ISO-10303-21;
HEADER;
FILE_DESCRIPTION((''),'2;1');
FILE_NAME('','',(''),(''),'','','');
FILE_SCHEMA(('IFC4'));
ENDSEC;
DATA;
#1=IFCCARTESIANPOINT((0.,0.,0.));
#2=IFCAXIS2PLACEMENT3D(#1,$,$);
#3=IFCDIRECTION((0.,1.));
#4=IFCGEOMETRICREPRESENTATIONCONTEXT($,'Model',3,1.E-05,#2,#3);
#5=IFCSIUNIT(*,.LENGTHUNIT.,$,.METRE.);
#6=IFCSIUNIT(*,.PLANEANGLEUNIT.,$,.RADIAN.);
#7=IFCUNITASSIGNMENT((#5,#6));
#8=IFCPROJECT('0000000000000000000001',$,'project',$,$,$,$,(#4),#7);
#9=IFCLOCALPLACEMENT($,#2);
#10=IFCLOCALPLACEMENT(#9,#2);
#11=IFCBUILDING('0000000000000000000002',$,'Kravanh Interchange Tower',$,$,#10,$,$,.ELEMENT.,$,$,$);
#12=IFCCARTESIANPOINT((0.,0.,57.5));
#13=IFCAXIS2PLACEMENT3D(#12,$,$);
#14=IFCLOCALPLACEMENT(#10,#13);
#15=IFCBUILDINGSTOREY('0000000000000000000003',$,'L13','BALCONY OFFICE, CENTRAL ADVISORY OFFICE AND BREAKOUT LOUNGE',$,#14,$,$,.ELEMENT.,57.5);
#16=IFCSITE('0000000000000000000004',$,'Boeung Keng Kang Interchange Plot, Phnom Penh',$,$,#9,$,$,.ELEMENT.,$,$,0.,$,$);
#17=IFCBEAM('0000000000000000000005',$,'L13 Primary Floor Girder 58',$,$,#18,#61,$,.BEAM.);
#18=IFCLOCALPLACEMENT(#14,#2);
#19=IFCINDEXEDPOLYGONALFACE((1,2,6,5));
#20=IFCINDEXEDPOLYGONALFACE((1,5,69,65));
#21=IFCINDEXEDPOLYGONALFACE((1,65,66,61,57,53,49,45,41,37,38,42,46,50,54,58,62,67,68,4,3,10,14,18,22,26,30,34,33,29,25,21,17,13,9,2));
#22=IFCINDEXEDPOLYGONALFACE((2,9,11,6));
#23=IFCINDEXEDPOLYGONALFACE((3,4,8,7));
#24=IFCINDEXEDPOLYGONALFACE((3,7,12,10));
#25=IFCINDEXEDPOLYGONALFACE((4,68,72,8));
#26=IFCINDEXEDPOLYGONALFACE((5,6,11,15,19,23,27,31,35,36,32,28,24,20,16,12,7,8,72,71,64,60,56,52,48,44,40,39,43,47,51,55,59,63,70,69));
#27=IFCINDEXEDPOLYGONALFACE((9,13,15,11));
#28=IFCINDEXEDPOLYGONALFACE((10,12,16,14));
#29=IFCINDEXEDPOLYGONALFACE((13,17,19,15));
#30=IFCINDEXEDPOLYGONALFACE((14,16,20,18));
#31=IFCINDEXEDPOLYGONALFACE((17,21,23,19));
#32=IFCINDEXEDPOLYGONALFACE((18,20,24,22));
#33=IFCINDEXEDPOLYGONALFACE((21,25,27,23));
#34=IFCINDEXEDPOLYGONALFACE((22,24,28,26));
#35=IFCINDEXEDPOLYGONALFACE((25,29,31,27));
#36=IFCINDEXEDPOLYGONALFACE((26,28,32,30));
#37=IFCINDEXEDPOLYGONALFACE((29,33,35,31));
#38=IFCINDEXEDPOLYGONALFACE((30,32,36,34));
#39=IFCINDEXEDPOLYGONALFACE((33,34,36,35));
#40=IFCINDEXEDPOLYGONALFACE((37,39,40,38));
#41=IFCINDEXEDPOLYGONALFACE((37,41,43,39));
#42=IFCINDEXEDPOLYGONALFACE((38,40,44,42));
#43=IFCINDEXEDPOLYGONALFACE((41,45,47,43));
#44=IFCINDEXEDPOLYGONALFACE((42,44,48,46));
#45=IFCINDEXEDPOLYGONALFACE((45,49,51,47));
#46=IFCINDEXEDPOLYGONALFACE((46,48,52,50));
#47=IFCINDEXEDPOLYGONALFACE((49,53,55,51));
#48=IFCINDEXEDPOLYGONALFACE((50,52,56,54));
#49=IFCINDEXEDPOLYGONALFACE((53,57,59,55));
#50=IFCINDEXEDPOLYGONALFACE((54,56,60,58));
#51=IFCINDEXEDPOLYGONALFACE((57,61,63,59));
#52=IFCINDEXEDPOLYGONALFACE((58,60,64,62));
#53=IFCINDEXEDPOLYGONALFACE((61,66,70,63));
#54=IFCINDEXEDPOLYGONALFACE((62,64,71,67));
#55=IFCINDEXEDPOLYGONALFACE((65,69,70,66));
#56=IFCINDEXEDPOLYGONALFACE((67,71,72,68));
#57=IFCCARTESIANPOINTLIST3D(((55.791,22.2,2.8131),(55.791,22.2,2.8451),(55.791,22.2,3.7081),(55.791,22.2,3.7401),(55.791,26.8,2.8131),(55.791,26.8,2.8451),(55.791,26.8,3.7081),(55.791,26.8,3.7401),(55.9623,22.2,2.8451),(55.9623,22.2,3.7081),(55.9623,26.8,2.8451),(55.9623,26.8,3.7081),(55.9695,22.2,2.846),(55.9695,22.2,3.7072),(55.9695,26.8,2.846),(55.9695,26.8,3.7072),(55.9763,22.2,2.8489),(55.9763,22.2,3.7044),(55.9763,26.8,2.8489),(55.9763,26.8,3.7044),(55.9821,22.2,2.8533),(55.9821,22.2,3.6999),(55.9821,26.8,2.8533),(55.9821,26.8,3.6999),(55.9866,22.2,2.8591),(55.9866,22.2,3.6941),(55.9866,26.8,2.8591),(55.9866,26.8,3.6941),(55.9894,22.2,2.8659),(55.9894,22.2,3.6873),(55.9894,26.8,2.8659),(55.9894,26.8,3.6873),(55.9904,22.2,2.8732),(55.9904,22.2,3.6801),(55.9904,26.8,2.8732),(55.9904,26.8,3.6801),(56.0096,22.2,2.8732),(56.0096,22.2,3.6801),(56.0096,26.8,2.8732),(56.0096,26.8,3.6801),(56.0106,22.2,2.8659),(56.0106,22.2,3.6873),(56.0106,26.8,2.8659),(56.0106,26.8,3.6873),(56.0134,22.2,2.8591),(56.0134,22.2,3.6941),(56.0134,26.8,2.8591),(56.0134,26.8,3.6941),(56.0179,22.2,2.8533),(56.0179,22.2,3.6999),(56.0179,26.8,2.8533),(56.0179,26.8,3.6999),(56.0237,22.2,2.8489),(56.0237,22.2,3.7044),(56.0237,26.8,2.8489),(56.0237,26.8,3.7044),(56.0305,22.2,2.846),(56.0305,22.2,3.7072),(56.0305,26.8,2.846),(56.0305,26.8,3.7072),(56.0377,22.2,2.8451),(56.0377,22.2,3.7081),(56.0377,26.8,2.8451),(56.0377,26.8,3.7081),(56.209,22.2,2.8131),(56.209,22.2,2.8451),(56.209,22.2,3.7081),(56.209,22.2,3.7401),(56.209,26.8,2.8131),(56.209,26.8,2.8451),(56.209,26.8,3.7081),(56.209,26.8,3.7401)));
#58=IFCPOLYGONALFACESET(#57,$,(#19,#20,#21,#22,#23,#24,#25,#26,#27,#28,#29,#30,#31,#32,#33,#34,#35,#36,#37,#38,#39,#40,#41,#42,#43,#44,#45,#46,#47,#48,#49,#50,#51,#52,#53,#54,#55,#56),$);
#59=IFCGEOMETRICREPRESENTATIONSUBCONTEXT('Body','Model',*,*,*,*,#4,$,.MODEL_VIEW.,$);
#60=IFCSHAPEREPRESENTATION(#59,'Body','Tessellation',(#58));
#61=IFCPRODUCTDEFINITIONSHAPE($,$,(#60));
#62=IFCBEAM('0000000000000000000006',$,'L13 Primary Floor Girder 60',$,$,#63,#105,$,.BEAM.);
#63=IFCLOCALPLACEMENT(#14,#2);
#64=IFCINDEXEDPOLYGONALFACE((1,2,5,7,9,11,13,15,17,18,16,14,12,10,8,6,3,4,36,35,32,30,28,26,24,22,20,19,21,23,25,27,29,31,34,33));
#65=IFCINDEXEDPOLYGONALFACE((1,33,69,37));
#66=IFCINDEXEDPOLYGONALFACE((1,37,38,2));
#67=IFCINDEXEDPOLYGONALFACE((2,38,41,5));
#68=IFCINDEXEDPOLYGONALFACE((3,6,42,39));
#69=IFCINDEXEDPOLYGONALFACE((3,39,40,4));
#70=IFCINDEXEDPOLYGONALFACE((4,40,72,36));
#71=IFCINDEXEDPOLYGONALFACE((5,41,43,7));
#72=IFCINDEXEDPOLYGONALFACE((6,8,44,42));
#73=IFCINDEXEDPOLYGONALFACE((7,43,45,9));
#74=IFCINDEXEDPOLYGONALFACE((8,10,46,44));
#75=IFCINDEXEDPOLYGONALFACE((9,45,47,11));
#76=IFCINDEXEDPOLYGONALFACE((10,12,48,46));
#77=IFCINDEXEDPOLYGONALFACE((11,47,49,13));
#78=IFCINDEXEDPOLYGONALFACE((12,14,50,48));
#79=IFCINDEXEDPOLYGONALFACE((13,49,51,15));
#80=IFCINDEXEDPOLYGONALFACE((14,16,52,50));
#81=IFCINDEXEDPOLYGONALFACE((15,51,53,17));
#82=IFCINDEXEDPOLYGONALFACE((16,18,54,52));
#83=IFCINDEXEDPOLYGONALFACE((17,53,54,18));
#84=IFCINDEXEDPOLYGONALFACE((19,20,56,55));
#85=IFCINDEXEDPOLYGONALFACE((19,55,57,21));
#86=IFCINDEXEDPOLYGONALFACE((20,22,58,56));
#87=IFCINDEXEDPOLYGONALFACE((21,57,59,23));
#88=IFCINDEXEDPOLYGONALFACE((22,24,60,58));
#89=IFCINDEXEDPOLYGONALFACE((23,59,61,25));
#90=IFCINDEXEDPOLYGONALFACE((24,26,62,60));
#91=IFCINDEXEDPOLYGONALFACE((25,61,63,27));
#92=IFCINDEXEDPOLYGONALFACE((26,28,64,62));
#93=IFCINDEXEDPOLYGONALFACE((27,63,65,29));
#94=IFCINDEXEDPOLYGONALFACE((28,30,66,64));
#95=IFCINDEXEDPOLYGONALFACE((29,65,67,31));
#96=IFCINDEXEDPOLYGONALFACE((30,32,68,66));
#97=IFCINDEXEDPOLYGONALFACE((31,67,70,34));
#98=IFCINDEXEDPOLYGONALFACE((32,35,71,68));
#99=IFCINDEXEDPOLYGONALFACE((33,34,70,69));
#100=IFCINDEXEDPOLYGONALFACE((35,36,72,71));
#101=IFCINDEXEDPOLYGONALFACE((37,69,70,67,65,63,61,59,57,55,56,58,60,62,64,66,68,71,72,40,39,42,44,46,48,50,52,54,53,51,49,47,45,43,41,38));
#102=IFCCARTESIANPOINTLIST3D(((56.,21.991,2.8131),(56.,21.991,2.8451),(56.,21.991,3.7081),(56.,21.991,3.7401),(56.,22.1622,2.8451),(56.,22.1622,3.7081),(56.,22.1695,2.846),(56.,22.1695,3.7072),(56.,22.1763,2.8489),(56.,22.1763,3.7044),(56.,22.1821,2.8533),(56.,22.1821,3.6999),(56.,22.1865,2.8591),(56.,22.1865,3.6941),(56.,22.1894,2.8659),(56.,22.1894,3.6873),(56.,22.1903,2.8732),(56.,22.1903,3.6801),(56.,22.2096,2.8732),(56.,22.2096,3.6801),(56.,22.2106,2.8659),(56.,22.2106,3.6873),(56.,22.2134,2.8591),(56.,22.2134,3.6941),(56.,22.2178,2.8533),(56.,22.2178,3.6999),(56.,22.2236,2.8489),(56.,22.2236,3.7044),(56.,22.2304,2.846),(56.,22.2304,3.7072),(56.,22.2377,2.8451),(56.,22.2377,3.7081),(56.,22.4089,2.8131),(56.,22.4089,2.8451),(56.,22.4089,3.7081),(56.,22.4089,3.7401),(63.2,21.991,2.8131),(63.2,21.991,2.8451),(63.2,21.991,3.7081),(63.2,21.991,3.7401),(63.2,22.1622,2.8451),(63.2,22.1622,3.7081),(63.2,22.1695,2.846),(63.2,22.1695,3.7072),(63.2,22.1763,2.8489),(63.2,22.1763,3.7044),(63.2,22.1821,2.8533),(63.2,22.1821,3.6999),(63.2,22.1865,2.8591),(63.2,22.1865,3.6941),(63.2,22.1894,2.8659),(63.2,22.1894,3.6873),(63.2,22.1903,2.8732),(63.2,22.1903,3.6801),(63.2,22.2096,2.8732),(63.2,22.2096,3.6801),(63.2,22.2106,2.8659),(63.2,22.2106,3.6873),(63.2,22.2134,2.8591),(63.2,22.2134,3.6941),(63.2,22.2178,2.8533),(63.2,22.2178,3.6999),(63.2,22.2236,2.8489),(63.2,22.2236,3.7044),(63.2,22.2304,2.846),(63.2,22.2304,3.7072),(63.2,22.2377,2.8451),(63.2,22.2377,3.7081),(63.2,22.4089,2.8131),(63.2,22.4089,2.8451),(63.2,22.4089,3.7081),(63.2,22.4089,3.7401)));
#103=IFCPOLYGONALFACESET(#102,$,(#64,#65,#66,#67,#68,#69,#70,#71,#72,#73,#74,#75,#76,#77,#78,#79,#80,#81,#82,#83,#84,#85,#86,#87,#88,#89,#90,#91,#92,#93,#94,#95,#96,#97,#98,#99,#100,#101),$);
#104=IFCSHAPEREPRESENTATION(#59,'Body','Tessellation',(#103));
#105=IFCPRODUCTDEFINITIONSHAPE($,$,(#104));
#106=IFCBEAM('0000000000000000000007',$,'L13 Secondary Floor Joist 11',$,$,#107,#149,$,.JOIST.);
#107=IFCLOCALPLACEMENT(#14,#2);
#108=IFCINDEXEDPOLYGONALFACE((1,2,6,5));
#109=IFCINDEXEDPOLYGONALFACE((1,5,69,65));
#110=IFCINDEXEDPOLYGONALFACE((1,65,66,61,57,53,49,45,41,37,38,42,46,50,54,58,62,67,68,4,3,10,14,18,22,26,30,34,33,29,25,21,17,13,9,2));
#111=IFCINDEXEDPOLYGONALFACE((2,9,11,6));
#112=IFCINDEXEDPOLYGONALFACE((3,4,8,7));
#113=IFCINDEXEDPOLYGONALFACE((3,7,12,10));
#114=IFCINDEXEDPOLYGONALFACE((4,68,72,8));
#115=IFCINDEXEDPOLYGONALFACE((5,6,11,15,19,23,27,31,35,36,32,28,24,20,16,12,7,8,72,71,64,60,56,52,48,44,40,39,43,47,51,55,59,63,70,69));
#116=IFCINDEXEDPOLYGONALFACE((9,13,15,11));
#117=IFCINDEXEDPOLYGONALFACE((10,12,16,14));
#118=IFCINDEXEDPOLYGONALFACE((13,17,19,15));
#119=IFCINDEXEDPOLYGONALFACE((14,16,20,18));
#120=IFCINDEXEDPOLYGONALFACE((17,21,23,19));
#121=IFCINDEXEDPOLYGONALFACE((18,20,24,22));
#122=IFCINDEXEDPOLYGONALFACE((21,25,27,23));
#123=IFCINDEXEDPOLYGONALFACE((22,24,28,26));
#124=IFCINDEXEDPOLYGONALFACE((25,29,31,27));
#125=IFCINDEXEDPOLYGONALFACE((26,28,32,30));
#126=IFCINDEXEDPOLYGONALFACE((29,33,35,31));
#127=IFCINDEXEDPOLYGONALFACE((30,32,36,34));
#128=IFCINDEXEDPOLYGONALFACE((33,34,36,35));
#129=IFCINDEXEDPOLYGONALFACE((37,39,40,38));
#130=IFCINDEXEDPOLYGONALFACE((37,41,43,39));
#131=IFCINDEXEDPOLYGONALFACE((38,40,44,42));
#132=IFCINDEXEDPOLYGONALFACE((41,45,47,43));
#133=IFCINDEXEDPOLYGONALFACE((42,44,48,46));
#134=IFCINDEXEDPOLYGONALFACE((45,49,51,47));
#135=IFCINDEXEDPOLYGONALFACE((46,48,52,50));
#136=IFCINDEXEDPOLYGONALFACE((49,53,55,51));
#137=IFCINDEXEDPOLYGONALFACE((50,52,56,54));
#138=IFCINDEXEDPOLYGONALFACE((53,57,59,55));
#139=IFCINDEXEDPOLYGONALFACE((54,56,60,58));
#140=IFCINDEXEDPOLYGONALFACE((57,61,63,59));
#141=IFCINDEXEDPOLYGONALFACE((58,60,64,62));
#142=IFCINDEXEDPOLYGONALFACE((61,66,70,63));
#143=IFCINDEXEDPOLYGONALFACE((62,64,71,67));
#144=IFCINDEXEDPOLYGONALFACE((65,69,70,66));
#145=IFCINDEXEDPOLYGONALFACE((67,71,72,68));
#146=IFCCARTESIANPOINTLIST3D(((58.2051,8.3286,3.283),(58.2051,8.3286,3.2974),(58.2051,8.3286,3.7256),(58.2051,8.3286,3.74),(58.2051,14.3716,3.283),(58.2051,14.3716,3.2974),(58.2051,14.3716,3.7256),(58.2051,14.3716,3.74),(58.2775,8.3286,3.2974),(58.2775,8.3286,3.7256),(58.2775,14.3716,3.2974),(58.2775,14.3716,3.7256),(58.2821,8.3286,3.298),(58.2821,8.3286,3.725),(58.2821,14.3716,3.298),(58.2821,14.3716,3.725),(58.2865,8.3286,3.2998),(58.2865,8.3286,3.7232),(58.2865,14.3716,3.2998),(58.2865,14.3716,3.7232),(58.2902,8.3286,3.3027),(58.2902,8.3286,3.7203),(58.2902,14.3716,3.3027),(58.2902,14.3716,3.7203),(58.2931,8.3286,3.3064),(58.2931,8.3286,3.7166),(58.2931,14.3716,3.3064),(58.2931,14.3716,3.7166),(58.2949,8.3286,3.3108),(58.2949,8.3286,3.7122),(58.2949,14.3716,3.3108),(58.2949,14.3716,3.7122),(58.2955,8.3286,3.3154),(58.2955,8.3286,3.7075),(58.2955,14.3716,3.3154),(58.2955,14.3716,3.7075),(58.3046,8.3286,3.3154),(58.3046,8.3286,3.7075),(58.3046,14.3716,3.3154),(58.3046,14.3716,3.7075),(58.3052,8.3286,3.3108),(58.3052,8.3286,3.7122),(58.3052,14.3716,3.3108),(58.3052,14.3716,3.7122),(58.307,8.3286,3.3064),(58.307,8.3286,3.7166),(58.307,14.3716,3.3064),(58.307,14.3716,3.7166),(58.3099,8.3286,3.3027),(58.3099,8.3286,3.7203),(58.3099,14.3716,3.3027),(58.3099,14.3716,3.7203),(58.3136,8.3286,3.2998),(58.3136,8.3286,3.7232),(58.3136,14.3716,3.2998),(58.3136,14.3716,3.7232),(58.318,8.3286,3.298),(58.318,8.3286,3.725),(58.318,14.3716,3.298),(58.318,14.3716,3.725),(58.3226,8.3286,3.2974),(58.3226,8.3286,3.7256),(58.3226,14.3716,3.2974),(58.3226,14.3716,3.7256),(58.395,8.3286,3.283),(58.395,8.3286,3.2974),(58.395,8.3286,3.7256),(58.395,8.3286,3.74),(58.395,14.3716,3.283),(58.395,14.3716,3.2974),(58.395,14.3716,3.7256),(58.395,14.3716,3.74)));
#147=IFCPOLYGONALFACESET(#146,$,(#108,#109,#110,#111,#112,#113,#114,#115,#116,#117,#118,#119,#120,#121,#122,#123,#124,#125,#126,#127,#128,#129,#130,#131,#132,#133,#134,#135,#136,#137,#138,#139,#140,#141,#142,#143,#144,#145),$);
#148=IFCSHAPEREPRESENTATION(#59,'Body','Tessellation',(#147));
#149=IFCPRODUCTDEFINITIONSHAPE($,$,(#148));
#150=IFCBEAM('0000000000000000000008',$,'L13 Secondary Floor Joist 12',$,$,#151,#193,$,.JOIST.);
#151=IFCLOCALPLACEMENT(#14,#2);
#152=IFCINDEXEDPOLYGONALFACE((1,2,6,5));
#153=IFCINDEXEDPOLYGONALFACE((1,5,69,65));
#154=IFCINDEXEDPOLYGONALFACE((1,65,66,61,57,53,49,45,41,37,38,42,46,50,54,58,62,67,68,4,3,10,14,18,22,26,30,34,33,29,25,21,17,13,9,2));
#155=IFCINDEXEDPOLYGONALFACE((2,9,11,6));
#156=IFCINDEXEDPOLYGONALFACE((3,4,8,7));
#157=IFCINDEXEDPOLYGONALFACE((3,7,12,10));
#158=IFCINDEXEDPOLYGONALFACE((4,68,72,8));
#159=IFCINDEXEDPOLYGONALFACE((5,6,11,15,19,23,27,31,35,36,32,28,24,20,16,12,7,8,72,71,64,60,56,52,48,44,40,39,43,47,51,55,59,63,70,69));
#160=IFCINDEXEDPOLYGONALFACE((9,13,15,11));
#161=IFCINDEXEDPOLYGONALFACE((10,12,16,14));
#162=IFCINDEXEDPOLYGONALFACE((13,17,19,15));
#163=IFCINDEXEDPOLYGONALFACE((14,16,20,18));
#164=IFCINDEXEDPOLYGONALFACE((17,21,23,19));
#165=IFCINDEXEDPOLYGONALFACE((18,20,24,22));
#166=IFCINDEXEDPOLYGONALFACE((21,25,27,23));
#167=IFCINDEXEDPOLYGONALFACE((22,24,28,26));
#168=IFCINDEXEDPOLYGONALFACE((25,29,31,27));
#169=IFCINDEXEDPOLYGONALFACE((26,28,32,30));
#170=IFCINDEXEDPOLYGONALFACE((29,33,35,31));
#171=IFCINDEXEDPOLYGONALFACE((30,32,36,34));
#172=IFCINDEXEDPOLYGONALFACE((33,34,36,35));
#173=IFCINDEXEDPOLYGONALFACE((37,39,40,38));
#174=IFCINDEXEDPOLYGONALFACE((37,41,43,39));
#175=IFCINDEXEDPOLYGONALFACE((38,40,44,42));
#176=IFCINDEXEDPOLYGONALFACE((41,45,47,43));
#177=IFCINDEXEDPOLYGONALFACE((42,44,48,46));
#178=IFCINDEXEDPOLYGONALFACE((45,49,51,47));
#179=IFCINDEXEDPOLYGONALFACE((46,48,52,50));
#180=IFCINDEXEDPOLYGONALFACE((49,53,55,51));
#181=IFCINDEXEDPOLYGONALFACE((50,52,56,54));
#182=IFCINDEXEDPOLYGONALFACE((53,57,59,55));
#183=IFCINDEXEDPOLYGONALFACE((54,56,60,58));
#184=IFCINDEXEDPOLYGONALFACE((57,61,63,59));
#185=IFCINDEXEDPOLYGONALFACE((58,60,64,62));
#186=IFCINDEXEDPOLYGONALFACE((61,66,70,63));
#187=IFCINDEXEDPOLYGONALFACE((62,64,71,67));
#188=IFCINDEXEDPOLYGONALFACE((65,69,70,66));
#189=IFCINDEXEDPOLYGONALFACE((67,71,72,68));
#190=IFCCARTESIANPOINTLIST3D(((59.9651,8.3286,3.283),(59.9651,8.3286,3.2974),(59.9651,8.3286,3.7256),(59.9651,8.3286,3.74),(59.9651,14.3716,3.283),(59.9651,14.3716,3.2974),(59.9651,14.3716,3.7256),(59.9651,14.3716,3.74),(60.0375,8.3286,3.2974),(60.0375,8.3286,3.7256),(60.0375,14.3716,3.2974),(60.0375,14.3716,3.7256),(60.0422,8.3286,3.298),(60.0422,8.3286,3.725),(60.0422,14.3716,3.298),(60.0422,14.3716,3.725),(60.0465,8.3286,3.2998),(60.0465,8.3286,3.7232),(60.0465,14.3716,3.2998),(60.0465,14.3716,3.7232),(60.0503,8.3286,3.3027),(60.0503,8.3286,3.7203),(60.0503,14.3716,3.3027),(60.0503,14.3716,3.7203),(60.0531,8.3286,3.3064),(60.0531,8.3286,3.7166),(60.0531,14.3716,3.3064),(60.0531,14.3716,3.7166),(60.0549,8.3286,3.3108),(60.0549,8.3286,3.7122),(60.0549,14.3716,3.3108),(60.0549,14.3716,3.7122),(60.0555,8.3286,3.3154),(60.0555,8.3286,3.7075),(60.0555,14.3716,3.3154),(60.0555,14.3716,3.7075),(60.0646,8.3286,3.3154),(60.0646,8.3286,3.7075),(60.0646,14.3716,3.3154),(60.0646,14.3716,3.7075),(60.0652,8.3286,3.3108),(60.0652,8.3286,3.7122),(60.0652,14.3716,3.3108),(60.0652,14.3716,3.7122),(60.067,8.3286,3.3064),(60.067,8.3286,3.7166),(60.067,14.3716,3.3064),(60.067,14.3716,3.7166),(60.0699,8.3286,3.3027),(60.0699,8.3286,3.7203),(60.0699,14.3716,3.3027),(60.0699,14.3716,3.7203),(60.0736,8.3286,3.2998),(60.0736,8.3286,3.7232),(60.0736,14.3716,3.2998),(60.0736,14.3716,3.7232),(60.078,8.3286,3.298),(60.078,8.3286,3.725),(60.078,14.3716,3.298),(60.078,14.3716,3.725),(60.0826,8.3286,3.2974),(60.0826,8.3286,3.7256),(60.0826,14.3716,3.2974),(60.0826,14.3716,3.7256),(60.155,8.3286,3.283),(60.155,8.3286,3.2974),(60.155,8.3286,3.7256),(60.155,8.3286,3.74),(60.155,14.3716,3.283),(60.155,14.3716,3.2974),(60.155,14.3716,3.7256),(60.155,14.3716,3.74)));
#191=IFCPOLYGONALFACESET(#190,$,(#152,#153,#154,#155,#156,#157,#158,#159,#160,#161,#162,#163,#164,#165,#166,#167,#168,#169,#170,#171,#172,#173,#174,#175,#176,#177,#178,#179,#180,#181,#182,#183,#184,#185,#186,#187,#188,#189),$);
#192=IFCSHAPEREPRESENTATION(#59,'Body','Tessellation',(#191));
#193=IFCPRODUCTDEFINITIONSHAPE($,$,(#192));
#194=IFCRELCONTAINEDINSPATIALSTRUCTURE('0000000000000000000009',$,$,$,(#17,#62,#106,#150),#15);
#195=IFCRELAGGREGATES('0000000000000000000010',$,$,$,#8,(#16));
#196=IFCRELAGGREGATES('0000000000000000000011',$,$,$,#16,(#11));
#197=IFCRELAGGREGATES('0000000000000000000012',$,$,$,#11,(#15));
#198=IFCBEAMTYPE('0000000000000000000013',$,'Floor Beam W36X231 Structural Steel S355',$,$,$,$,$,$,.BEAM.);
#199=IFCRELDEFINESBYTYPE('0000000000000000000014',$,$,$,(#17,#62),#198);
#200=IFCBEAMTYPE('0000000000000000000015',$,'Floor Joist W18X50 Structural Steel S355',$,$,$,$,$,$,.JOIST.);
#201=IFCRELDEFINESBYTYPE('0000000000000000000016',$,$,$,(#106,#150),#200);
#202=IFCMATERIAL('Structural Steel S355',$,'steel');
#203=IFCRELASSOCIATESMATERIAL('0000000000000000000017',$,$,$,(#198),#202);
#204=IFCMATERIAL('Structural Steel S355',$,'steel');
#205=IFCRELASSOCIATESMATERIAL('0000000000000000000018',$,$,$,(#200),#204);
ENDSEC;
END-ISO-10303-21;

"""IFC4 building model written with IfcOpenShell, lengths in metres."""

from ifc_helpers import new_model, si_unit, direction, frame, origin, origin_2d, place, context, subcontext, project, spatial, i_section, extrude, material, material_profile, profile_set, type_object, element, save


model = new_model("IFC4")

# Units and contexts
model_context = context("Model", 3, precision=1e-05, world=origin(), true_north=direction((0.0, 1.0)))
body_context = subcontext(model_context, "Body", "Model", "MODEL_VIEW")
ifc_project = project(units=[si_unit("LENGTHUNIT", "METRE"), si_unit("PLANEANGLEUNIT", "RADIAN")], contexts=[model_context])

# Site, building, storey
site_placement = place(None, origin())
site = spatial("IfcSite", under=ifc_project, at=site_placement, Name="Boeung Keng Kang Interchange Plot, Phnom Penh", CompositionType="ELEMENT", RefElevation=0.0)
building_placement = place(site_placement, origin())
building = spatial("IfcBuilding", under=site, at=building_placement, Name="Kravanh Interchange Tower", CompositionType="ELEMENT")
storey_placement = place(building_placement, frame((0.0, 0.0, 57.5)))
storey = spatial("IfcBuildingStorey", under=building, at=storey_placement, Name="L13", Description="BALCONY OFFICE, CENTRAL ADVISORY OFFICE AND BREAKOUT LOUNGE", CompositionType="ELEMENT", Elevation=57.5)

# Beams
ifc_material_1 = material(Name="Structural Steel S355", Category="steel")
ifc_material_profile_1 = material_profile(ifc_material_1, i_section(OverallWidth=0.418, OverallDepth=0.927, WebThickness=0.0193, FlangeThickness=0.032, FilletRadius=0.0281, at=origin_2d()), Name="W36X231")
ifc_profile_set_1 = profile_set([ifc_material_profile_1], Name="Structural Steel S355")
beam_type_1 = type_object("IfcBeamType", Name="Floor Beam W36X231 Structural Steel S355", PredefinedType="BEAM", material=ifc_profile_set_1)
beam_1_placement = place(storey_placement, frame((56.0, 22.2, 3.2766), z_axis=(0.0, 1.0, 0.0), x_axis=(-1.0, 0.0, 0.0)))
element("IfcBeam", 1, at=beam_1_placement, inside=storey, type_object=beam_type_1, Name="L13 Primary Floor Girder 58", PredefinedType="BEAM", context=body_context, shape_type="SweptSolid", body=[
    extrude(i_section(OverallWidth=0.418, OverallDepth=0.927, WebThickness=0.0193, FlangeThickness=0.032, FilletRadius=0.0281, at=origin_2d()), origin(), (0.0, 0.0, 1.0), 4.6001),
])
beam_2_placement = place(storey_placement, frame((56.0, 22.2, 3.2766), z_axis=(1.0, 0.0, 0.0), x_axis=(0.0, 1.0, 0.0)))
element("IfcBeam", 2, at=beam_2_placement, inside=storey, type_object=beam_type_1, Name="L13 Primary Floor Girder 60", PredefinedType="BEAM", context=body_context, shape_type="SweptSolid", body=[
    extrude(i_section(OverallWidth=0.418, OverallDepth=0.927, WebThickness=0.0193, FlangeThickness=0.032, FilletRadius=0.0281, at=origin_2d()), origin(), (0.0, 0.0, 1.0), 7.2),
])
ifc_material_2 = material(Name="Structural Steel S355", Category="steel")
ifc_material_profile_2 = material_profile(ifc_material_2, i_section(OverallWidth=0.1899, OverallDepth=0.457, WebThickness=0.009, FlangeThickness=0.0144, FilletRadius=0.0181, at=origin_2d()), Name="W18X50")
ifc_profile_set_2 = profile_set([ifc_material_profile_2], Name="Structural Steel S355")
beam_type_2 = type_object("IfcBeamType", Name="Floor Joist W18X50 Structural Steel S355", PredefinedType="JOIST", material=ifc_profile_set_2)
for number, where, z_axis, x_axis, name in (
    (3, (58.3, 8.3286, 3.5115), (0.0, 1.0, 0.0), (-1.0, 0.0, 0.0), "L13 Secondary Floor Joist 11"),
    (4, (60.0601, 8.3286, 3.5115), (0.0, 1.0, 0.0), (-1.0, 0.0, 0.0), "L13 Secondary Floor Joist 12"),
):
    element("IfcBeam", number, at=place(storey_placement, frame(where, z_axis=z_axis, x_axis=x_axis)), inside=storey, type_object=beam_type_2, Name=name, PredefinedType="JOIST", context=body_context, shape_type="SweptSolid", body=[
        extrude(i_section(OverallWidth=0.1899, OverallDepth=0.457, WebThickness=0.009, FlangeThickness=0.0144, FilletRadius=0.0181, at=origin_2d()), origin(), (0.0, 0.0, 1.0), 6.043),
    ])

save(model, "model.ifc")
